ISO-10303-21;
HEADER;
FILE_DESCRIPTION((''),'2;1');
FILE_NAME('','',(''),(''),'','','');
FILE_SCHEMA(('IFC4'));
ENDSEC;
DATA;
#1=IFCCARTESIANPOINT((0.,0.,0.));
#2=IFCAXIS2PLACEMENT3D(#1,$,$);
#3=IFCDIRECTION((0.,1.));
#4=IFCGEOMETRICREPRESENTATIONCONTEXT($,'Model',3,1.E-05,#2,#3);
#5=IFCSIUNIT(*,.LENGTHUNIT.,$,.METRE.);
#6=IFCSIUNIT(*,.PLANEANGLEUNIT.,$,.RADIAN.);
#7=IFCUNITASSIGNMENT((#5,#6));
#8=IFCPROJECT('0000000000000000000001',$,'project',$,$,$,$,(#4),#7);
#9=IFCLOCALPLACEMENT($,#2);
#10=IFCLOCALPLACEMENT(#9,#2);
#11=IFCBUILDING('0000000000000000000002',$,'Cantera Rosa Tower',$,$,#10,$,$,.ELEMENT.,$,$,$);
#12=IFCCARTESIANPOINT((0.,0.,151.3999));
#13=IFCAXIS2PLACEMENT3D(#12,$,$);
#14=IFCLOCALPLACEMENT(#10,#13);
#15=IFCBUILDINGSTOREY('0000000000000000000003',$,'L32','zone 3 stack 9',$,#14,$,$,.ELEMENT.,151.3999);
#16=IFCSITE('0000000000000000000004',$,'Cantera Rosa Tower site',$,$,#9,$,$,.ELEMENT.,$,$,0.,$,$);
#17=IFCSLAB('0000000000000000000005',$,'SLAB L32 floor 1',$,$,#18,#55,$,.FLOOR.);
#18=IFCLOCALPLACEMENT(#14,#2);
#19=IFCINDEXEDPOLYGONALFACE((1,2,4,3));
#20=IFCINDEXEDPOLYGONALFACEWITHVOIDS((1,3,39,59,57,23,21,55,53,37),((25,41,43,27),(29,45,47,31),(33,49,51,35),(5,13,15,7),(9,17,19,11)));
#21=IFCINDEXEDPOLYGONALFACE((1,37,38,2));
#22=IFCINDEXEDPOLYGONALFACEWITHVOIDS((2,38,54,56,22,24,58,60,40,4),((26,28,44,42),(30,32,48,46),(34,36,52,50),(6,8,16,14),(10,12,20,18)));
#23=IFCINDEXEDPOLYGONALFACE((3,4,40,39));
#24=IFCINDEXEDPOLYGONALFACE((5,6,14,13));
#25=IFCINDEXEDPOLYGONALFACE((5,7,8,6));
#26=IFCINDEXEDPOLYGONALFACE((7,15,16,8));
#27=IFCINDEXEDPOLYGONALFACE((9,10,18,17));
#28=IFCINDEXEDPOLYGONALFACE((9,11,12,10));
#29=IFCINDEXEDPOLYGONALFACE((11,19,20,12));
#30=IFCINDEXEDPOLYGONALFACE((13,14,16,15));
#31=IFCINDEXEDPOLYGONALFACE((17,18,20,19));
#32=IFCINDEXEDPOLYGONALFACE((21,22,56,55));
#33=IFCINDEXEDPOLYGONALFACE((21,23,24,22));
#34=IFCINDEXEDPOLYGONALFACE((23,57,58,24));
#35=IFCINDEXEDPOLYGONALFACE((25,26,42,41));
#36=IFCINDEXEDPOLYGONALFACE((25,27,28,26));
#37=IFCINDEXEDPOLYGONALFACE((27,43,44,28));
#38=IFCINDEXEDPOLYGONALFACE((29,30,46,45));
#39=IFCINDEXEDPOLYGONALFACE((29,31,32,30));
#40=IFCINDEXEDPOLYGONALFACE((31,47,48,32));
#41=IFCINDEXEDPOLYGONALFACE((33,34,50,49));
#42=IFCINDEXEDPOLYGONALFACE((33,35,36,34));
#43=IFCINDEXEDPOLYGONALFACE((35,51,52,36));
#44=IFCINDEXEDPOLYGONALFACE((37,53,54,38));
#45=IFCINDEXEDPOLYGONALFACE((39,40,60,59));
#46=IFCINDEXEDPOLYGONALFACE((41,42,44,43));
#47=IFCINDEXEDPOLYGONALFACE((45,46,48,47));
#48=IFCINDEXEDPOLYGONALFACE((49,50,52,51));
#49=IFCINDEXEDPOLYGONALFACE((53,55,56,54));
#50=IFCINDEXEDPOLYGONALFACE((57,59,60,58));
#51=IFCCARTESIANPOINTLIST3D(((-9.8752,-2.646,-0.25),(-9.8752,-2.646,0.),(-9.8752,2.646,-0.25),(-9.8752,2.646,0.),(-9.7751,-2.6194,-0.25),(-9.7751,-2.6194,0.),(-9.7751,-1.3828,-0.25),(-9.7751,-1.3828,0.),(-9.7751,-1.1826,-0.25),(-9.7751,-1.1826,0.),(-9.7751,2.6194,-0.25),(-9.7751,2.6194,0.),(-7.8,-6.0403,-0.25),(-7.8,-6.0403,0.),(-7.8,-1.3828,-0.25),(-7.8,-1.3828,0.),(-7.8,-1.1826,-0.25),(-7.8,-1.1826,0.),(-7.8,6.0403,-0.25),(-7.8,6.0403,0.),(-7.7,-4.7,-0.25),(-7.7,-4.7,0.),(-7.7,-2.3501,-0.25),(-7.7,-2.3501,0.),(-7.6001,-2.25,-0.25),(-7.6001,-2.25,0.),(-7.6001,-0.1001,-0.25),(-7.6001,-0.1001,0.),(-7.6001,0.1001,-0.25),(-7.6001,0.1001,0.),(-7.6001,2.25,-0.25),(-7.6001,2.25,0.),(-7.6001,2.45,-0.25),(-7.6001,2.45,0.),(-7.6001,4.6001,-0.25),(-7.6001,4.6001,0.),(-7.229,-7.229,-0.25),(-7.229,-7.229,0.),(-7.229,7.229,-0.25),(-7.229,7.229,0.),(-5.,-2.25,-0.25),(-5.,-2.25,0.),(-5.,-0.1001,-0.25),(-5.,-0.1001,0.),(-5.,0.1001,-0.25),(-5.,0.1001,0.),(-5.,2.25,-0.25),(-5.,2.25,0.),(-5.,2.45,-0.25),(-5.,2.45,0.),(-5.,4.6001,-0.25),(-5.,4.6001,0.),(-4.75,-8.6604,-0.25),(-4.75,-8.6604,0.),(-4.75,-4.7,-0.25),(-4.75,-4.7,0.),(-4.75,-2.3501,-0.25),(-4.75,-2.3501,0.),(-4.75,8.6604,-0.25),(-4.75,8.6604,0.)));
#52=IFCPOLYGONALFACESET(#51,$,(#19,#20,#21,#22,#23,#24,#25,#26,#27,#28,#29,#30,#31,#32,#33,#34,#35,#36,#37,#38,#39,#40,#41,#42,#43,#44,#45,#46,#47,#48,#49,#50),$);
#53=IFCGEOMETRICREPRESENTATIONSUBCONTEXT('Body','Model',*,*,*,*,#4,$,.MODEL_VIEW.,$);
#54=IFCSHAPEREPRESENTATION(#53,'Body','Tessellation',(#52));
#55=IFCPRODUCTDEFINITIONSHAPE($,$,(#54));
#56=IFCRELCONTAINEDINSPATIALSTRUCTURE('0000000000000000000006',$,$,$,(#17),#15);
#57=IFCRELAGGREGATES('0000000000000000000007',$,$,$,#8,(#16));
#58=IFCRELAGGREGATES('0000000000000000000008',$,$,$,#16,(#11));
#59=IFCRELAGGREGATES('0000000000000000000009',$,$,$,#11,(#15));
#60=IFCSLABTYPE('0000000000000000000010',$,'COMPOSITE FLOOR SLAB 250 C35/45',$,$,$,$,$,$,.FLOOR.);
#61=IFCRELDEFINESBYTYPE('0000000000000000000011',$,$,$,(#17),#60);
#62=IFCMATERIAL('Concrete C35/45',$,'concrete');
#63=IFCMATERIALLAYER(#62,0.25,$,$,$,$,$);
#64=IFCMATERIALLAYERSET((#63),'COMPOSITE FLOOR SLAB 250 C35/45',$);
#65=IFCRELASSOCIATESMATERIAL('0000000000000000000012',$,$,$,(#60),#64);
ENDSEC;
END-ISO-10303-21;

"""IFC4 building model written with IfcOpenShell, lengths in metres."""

from ifc_helpers import new_model, si_unit, direction, frame, origin, place, context, subcontext, project, spatial, polyline, outline, extrude, material, layer, layer_set, type_object, element, save


model = new_model("IFC4")

# Units and contexts
model_context = context("Model", 3, precision=1e-05, world=origin(), true_north=direction((0.0, 1.0)))
body_context = subcontext(model_context, "Body", "Model", "MODEL_VIEW")
ifc_project = project(units=[si_unit("LENGTHUNIT", "METRE"), si_unit("PLANEANGLEUNIT", "RADIAN")], contexts=[model_context])

# Site, building, storey
site_placement = place(None, origin())
site = spatial("IfcSite", under=ifc_project, at=site_placement, Name="Cantera Rosa Tower site", CompositionType="ELEMENT", RefElevation=0.0)
building_placement = place(site_placement, origin())
building = spatial("IfcBuilding", under=site, at=building_placement, Name="Cantera Rosa Tower", CompositionType="ELEMENT")
storey_placement = place(building_placement, frame((0.0, 0.0, 151.3999)))
storey = spatial("IfcBuildingStorey", under=building, at=storey_placement, Name="L32", Description="zone 3 stack 9", CompositionType="ELEMENT", Elevation=151.3999)

# Slab
ifc_material_1 = material(Name="Concrete C35/45", Category="concrete")
ifc_layer_1 = layer(ifc_material_1, 0.25)
ifc_layer_set_1 = layer_set([ifc_layer_1], Name="COMPOSITE FLOOR SLAB 250 C35/45")
slab_type_1 = type_object("IfcSlabType", Name="COMPOSITE FLOOR SLAB 250 C35/45", PredefinedType="FLOOR", material=ifc_layer_set_1)
slab_1_placement = place(storey_placement, frame((0.0, 0.0, -0.25)))
element("IfcSlab", 1, at=slab_1_placement, inside=storey, type_object=slab_type_1, Name="SLAB L32 floor 1", PredefinedType="FLOOR", context=body_context, shape_type="SweptSolid", body=[
    extrude(outline(polyline([(-7.229, 7.229), (-4.75, 8.6604), (-4.75, -2.3501), (-7.7, -2.3501), (-7.7, -4.7), (-4.75, -4.7), (-4.75, -8.6604), (-7.229, -7.229), (-9.8752, -2.646), (-9.8752, 2.646), (-7.229, 7.229)]), holes=[polyline([(-7.8, -1.3828), (-9.7751, -1.3828), (-9.7751, -2.6194), (-7.8, -6.0403), (-7.8, -1.3828)]), polyline([(-7.6001, -0.1001), (-7.6001, -2.25), (-5.0, -2.25), (-5.0, -0.1001), (-7.6001, -0.1001)]), polyline([(-7.6001, 2.25), (-7.6001, 0.1001), (-5.0, 0.1001), (-5.0, 2.25), (-7.6001, 2.25)]), polyline([(-7.8, -1.1826), (-7.8, 6.0403), (-9.7751, 2.6194), (-9.7751, -1.1826), (-7.8, -1.1826)]), polyline([(-5.0, 4.6001), (-7.6001, 4.6001), (-7.6001, 2.45), (-5.0, 2.45), (-5.0, 4.6001)])]), origin(), (0.0, 0.0, 1.0), 0.25),
])

save(model, "model.ifc")
